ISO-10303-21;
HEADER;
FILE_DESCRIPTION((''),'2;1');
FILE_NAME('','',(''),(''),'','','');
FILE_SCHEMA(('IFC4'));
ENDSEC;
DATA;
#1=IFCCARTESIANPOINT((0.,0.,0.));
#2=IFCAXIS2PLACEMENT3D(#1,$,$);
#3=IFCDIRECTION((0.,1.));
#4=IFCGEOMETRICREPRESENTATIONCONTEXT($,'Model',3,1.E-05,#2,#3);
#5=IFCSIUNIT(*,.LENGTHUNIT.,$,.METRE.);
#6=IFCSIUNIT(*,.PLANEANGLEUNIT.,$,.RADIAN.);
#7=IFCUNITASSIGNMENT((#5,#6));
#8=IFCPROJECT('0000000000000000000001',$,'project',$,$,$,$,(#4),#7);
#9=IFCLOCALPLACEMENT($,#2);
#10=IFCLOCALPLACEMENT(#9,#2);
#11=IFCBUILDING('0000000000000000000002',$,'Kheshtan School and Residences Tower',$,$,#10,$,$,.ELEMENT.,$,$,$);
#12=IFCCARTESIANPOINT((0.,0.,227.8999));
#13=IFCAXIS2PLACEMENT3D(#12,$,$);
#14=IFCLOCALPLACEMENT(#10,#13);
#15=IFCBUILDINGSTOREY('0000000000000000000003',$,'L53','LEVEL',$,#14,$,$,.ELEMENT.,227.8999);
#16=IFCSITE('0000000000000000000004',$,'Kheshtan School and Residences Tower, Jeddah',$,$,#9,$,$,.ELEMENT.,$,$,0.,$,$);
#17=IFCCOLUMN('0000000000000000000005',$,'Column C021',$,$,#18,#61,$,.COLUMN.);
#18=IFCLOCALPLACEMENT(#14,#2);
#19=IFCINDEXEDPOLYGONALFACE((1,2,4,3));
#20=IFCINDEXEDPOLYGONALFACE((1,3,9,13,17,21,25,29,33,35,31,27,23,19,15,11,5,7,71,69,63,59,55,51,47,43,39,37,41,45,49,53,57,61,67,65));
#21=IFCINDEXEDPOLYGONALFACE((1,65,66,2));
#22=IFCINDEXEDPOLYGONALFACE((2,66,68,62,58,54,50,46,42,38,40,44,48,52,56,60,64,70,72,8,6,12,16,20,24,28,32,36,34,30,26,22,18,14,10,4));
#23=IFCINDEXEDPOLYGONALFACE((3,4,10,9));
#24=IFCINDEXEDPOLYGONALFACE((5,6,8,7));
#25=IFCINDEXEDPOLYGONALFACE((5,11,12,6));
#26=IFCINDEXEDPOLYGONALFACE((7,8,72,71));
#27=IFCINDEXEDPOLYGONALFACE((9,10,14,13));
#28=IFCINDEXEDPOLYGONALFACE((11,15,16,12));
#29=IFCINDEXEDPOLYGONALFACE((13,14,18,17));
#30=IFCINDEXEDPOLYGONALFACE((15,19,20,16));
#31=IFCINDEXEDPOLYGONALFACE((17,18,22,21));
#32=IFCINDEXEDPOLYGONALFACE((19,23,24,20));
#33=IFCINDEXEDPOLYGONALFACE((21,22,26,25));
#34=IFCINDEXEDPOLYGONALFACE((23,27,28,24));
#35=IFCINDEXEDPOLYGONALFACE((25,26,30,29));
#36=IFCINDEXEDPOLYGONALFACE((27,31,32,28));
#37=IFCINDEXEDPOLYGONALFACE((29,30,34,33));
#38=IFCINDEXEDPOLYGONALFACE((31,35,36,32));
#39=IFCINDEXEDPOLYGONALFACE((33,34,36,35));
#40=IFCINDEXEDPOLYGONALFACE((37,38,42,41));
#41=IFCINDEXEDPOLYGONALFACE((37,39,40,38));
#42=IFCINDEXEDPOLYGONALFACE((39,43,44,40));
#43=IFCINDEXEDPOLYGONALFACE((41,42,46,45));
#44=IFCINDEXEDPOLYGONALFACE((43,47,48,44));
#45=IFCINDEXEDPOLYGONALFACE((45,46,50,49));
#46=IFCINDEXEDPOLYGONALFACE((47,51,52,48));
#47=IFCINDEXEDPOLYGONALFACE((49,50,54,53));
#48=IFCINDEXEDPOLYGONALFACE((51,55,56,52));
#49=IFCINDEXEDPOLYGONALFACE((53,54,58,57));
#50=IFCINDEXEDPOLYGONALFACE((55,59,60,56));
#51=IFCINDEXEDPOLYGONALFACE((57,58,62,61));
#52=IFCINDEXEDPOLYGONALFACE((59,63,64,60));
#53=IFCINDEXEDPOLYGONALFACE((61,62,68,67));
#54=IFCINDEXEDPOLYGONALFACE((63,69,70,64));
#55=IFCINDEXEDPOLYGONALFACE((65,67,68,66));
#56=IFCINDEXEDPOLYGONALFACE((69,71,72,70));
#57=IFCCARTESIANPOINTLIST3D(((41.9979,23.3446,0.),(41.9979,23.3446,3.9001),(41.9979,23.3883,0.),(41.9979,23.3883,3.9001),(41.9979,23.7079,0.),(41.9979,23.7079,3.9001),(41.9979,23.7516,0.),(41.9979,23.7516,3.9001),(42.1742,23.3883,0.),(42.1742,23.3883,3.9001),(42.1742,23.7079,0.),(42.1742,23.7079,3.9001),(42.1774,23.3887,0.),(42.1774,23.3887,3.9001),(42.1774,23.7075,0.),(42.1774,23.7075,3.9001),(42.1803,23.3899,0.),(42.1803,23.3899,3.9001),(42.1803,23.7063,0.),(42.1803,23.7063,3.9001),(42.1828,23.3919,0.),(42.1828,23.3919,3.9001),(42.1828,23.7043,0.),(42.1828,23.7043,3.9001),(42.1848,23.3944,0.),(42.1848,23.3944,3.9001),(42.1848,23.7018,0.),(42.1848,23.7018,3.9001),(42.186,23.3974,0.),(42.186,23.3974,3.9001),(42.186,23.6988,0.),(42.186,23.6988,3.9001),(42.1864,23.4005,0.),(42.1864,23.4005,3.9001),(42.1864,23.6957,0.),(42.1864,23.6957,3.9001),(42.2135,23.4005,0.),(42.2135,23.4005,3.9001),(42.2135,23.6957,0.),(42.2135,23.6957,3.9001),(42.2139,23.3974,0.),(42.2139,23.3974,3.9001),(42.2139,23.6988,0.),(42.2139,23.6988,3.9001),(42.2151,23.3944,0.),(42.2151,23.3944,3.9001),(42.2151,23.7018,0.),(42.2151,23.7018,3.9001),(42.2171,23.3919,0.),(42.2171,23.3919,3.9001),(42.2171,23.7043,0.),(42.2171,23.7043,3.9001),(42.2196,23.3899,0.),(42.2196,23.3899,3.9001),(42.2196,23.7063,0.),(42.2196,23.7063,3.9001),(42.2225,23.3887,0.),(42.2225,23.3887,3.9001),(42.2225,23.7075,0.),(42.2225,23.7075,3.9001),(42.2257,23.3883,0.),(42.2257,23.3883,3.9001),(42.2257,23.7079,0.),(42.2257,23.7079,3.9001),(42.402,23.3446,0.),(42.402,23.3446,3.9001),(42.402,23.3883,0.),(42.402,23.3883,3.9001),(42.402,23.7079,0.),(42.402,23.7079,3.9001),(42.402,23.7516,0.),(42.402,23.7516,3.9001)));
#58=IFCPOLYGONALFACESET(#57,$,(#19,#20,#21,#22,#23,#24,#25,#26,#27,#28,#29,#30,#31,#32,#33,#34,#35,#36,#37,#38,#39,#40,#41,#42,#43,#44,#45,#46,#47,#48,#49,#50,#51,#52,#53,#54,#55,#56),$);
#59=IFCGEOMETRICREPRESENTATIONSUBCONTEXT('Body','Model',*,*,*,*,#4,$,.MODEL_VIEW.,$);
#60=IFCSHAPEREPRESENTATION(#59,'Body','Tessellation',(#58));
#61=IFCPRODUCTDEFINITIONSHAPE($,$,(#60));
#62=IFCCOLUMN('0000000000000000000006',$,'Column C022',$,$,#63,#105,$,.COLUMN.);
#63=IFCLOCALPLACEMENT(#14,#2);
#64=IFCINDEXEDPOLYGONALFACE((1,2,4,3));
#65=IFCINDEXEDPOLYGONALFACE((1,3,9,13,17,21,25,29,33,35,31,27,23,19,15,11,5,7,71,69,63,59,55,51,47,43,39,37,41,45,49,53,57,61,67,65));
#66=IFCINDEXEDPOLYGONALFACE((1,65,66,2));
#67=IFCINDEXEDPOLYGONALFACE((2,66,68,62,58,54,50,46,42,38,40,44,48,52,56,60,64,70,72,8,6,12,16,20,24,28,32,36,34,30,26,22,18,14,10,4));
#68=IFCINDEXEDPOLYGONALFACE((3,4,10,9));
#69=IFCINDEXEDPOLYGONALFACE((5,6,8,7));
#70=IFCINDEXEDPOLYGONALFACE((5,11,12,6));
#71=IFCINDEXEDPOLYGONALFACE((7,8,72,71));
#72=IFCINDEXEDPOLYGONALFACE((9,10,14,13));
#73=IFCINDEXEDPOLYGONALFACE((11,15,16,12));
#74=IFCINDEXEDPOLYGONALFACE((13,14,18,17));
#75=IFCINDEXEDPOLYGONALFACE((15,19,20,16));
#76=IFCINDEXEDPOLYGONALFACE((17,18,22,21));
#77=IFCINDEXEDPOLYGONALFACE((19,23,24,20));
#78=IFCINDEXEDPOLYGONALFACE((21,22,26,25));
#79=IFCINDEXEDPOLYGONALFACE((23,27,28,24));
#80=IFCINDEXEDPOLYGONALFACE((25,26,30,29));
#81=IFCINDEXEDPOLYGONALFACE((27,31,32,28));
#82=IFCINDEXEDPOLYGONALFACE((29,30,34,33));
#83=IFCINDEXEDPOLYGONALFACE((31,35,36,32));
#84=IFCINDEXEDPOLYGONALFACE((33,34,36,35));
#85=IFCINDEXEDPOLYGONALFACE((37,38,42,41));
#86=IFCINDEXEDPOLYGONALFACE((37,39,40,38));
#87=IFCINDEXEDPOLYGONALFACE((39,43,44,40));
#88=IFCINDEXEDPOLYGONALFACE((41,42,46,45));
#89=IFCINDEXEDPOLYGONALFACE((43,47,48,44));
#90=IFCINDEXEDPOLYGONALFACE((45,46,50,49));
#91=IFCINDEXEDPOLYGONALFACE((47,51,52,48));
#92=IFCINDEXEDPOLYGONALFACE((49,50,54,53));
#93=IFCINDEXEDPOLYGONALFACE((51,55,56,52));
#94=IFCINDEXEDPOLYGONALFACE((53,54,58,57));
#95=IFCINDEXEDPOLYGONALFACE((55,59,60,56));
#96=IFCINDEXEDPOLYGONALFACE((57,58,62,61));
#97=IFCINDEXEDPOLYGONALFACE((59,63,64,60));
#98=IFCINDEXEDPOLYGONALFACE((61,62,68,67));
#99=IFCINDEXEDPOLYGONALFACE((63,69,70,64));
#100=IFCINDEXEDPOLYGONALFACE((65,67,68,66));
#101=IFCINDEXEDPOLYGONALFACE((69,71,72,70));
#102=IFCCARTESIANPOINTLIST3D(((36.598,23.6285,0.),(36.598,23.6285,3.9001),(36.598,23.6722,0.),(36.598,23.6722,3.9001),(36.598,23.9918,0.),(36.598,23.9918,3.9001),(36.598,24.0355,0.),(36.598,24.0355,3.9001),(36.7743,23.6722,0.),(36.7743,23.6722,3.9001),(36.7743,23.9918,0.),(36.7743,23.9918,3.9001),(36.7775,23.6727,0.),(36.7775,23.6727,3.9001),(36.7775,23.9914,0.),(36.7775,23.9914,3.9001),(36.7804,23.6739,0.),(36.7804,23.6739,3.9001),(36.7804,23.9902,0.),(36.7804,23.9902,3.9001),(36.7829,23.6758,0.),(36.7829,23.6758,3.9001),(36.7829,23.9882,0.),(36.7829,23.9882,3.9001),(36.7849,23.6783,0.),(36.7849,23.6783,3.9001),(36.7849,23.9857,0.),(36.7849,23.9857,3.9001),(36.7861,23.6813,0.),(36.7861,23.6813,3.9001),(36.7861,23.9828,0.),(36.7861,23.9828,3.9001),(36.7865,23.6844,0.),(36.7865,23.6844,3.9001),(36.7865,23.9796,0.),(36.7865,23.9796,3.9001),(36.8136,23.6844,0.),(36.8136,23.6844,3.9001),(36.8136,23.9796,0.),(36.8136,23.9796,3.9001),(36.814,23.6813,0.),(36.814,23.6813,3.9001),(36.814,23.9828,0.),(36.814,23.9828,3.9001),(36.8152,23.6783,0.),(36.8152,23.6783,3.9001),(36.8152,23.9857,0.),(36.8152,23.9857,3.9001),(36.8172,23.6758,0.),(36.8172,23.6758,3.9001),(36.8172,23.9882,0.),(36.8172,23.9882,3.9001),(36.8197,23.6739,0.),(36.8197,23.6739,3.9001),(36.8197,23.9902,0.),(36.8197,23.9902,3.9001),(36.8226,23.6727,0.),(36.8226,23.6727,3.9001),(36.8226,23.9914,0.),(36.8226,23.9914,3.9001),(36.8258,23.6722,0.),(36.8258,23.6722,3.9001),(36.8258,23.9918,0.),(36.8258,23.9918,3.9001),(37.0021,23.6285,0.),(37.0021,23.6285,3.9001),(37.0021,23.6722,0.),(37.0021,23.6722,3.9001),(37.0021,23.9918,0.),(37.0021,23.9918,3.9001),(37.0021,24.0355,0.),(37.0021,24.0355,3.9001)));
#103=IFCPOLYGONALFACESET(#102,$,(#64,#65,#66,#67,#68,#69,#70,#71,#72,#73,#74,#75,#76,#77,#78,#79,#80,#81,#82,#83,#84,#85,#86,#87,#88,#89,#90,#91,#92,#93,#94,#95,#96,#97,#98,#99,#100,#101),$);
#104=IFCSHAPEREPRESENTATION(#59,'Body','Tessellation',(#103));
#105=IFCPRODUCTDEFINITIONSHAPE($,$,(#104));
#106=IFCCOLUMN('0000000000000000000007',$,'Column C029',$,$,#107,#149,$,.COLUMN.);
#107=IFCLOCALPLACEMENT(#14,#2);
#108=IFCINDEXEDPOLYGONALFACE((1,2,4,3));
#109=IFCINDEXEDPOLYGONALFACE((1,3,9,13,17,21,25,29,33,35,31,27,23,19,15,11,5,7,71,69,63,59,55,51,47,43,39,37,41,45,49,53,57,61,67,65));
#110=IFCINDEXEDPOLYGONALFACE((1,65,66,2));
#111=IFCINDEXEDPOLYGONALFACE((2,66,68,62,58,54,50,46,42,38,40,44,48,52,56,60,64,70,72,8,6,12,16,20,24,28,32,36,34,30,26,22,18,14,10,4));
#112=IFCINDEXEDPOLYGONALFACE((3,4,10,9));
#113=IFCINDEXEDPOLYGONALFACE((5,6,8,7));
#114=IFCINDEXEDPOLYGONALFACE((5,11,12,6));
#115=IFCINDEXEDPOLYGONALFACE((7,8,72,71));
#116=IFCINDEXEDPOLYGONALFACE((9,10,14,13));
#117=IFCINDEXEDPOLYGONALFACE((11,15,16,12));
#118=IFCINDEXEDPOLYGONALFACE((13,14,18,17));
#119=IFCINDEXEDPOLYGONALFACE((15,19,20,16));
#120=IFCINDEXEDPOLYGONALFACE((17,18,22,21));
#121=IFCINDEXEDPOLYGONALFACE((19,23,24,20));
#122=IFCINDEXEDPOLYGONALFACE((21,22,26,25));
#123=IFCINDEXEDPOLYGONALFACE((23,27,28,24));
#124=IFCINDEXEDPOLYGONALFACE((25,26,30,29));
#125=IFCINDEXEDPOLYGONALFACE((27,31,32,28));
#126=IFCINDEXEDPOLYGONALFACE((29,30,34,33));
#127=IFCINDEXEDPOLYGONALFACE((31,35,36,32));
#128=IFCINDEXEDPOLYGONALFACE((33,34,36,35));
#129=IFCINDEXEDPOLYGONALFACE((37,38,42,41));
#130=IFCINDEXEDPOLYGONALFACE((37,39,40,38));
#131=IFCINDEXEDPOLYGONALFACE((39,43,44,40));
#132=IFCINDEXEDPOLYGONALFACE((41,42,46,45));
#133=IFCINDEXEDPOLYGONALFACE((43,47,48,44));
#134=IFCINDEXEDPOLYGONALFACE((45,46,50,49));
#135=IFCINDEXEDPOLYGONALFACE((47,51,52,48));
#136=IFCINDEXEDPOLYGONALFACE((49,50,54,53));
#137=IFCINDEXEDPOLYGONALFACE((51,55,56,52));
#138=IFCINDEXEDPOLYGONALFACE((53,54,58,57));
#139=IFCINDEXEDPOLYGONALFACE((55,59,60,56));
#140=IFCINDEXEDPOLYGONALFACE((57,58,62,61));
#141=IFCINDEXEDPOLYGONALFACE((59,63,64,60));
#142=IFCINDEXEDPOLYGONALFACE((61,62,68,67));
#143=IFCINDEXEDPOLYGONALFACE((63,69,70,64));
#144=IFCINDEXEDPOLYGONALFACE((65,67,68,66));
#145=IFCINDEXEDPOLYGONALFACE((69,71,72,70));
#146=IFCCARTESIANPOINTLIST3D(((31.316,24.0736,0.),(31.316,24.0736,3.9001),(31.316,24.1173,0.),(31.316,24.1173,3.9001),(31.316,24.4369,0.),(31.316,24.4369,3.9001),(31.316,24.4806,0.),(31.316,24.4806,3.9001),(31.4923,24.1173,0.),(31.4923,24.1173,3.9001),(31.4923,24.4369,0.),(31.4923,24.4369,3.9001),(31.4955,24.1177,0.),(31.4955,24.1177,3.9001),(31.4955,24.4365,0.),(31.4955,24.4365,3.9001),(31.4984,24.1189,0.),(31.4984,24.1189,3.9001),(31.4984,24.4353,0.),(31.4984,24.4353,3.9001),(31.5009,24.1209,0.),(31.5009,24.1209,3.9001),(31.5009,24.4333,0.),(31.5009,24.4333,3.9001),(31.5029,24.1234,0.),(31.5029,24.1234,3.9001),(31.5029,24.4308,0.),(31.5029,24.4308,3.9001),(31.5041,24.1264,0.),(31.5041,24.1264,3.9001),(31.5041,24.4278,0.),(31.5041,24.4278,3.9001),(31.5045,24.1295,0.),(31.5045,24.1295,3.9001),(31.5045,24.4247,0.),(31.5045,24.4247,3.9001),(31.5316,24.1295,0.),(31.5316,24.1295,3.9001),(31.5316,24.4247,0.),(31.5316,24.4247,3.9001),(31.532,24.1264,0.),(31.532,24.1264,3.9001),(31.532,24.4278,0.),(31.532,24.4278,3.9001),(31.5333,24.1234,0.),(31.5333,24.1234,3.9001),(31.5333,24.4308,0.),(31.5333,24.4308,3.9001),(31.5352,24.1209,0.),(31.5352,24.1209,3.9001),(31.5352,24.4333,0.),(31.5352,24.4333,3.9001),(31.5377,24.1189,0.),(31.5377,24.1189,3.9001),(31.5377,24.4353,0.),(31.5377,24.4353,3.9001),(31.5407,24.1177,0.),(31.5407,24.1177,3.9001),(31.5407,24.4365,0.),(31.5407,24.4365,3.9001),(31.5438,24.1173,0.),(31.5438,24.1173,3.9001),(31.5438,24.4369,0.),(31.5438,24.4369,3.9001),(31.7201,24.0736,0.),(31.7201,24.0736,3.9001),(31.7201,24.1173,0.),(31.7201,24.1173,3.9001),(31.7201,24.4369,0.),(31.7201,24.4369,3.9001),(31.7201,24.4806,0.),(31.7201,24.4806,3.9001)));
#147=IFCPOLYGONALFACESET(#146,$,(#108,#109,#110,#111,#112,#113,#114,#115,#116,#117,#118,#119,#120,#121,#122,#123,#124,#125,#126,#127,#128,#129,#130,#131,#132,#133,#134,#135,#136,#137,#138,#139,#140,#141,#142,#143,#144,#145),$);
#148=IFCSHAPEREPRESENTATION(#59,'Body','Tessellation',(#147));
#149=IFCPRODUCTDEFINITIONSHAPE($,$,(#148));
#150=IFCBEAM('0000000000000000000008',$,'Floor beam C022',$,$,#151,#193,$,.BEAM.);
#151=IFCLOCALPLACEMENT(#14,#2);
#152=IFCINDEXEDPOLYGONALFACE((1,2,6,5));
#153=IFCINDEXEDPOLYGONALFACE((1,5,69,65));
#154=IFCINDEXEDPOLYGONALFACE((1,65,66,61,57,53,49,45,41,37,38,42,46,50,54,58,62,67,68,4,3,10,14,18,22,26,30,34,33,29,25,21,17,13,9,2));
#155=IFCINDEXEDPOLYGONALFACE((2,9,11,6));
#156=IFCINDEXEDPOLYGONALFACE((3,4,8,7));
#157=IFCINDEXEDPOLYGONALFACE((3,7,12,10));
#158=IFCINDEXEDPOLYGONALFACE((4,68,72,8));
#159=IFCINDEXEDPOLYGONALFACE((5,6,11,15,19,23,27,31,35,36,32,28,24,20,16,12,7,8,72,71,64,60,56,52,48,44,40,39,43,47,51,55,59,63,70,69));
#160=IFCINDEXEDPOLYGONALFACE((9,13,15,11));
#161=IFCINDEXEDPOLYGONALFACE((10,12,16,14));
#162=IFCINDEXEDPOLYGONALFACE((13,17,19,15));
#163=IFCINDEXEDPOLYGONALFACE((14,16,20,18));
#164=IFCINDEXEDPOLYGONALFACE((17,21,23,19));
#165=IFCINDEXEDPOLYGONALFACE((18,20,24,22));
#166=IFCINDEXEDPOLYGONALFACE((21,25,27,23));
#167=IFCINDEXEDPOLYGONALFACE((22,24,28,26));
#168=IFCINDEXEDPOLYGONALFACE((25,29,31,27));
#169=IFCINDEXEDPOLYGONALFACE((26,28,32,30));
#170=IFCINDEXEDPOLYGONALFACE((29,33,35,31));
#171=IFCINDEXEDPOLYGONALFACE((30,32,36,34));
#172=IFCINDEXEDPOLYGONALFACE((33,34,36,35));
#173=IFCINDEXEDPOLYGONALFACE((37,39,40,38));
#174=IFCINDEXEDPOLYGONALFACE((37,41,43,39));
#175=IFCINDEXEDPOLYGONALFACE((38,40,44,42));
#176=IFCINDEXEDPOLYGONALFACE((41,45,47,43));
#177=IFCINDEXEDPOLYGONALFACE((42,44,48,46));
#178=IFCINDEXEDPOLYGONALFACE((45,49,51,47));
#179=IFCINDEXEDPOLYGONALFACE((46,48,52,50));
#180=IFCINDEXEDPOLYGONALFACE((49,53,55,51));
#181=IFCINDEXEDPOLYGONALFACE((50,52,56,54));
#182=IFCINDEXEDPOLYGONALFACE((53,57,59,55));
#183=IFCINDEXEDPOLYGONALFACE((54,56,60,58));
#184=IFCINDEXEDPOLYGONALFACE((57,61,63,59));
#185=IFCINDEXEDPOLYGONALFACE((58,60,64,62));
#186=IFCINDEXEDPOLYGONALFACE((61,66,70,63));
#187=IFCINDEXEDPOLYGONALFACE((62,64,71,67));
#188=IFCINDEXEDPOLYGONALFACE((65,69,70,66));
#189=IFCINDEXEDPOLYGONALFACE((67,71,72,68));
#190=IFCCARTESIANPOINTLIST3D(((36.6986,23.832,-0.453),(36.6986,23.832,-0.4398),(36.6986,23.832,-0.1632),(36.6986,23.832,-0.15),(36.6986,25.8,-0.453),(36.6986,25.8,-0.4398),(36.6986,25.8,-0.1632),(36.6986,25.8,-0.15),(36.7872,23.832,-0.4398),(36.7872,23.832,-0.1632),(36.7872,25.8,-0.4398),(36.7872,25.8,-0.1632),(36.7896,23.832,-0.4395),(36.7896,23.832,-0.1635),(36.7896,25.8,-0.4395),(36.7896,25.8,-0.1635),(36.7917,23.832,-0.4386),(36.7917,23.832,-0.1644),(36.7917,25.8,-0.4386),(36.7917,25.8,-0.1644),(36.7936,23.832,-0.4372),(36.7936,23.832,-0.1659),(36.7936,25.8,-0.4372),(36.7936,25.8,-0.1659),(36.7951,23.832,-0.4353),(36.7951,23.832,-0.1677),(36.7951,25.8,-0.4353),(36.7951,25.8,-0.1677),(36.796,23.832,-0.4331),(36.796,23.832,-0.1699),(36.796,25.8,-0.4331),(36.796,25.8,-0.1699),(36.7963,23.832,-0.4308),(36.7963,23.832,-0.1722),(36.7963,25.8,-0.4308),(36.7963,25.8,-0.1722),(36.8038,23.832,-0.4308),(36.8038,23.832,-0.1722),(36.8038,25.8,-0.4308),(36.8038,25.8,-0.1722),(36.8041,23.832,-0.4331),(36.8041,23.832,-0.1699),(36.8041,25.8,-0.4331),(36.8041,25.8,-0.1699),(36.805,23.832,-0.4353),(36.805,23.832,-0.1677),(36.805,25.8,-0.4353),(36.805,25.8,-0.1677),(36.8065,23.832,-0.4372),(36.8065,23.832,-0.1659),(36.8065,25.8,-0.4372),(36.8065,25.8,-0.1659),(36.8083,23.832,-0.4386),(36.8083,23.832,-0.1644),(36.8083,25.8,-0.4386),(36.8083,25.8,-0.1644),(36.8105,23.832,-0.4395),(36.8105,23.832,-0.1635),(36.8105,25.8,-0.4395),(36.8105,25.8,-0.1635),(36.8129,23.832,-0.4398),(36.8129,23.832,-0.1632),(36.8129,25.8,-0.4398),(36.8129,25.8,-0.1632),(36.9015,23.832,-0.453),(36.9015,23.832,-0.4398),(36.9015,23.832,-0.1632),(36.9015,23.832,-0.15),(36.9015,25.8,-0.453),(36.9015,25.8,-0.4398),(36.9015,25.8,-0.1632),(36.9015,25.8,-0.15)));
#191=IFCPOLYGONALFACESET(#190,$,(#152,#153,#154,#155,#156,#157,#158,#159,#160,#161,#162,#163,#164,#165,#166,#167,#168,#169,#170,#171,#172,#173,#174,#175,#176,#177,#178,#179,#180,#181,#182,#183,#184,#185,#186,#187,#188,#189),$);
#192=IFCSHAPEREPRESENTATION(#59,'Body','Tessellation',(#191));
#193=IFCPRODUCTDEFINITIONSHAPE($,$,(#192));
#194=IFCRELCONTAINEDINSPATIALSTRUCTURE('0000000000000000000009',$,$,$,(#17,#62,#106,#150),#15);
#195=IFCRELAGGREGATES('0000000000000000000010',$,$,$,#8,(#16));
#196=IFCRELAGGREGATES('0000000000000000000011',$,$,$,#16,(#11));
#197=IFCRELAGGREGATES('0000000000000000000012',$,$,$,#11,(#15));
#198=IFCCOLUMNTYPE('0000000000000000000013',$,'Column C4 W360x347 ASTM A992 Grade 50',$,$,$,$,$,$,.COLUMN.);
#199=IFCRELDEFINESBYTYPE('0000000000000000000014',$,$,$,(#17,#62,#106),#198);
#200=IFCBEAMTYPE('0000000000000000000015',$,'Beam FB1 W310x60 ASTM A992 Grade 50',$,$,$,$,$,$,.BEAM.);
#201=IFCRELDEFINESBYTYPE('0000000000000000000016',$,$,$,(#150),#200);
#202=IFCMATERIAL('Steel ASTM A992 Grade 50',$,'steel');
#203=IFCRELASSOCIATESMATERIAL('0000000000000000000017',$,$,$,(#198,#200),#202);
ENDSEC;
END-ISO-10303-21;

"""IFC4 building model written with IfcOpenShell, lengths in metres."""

from ifc_helpers import new_model, si_unit, direction, frame, origin, origin_2d, place, context, subcontext, project, spatial, i_section, extrude, material, material_profile, profile_set, type_object, element, save


model = new_model("IFC4")

# Units and contexts
model_context = context("Model", 3, precision=1e-05, world=origin(), true_north=direction((0.0, 1.0)))
body_context = subcontext(model_context, "Body", "Model", "MODEL_VIEW")
ifc_project = project(units=[si_unit("LENGTHUNIT", "METRE"), si_unit("PLANEANGLEUNIT", "RADIAN")], contexts=[model_context])

# Site, building, storey
site_placement = place(None, origin())
site = spatial("IfcSite", under=ifc_project, at=site_placement, Name="Kheshtan School and Residences Tower, Jeddah", CompositionType="ELEMENT", RefElevation=0.0)
building_placement = place(site_placement, origin())
building = spatial("IfcBuilding", under=site, at=building_placement, Name="Kheshtan School and Residences Tower", CompositionType="ELEMENT")
storey_placement = place(building_placement, frame((0.0, 0.0, 227.8999)))
storey = spatial("IfcBuildingStorey", under=building, at=storey_placement, Name="L53", Description="LEVEL", CompositionType="ELEMENT", Elevation=227.8999)

# Columns
ifc_material_1 = material(Name="Steel ASTM A992 Grade 50", Category="steel")
ifc_material_profile_1 = material_profile(ifc_material_1, i_section(OverallWidth=0.4041, OverallDepth=0.407, WebThickness=0.0271, FlangeThickness=0.0437, FilletRadius=0.0122, at=origin_2d()), Name="W360x347")
ifc_profile_set_1 = profile_set([ifc_material_profile_1], Name="Steel ASTM A992 Grade 50")
column_type = type_object("IfcColumnType", Name="Column C4 W360x347 ASTM A992 Grade 50", PredefinedType="COLUMN", material=ifc_profile_set_1)
for number, where, z_axis, x_axis, name in (
    (1, (42.2, 23.5481, 0.0), (0.0, 0.0, 1.0), (1.0, 0.0, 0.0), "Column C021"),
    (2, (36.8, 23.832, 0.0), (0.0, 0.0, 1.0), (1.0, 0.0, 0.0), "Column C022"),
    (3, (31.5181, 24.2771, 0.0), (0.0, 0.0, 1.0), (1.0, 0.0, 0.0), "Column C029"),
):
    element("IfcColumn", number, at=place(storey_placement, frame(where, z_axis=z_axis, x_axis=x_axis)), inside=storey, type_object=column_type, Name=name, PredefinedType="COLUMN", context=body_context, shape_type="SweptSolid", body=[
        extrude(i_section(OverallWidth=0.4041, OverallDepth=0.407, WebThickness=0.0271, FlangeThickness=0.0437, FilletRadius=0.0122, at=origin_2d()), origin(), (0.0, 0.0, 1.0), 3.9001),
    ])

# Beam
ifc_material_profile_2 = material_profile(ifc_material_1, i_section(OverallWidth=0.2029, OverallDepth=0.303, WebThickness=0.0076, FlangeThickness=0.0132, FilletRadius=0.009, at=origin_2d()), Name="W310x60")
ifc_profile_set_2 = profile_set([ifc_material_profile_2], Name="Steel ASTM A992 Grade 50")
beam_type_1 = type_object("IfcBeamType", Name="Beam FB1 W310x60 ASTM A992 Grade 50", PredefinedType="BEAM", material=ifc_profile_set_2)
beam_1_placement = place(storey_placement, frame((36.8, 23.832, -0.3015), z_axis=(0.0, 1.0, 0.0), x_axis=(-1.0, 0.0, 0.0)))
element("IfcBeam", 4, at=beam_1_placement, inside=storey, type_object=beam_type_1, Name="Floor beam C022", PredefinedType="BEAM", context=body_context, shape_type="SweptSolid", body=[
    extrude(i_section(OverallWidth=0.2029, OverallDepth=0.303, WebThickness=0.0076, FlangeThickness=0.0132, FilletRadius=0.009, at=origin_2d()), origin(), (0.0, 0.0, 1.0), 1.968),
])

save(model, "model.ifc")
